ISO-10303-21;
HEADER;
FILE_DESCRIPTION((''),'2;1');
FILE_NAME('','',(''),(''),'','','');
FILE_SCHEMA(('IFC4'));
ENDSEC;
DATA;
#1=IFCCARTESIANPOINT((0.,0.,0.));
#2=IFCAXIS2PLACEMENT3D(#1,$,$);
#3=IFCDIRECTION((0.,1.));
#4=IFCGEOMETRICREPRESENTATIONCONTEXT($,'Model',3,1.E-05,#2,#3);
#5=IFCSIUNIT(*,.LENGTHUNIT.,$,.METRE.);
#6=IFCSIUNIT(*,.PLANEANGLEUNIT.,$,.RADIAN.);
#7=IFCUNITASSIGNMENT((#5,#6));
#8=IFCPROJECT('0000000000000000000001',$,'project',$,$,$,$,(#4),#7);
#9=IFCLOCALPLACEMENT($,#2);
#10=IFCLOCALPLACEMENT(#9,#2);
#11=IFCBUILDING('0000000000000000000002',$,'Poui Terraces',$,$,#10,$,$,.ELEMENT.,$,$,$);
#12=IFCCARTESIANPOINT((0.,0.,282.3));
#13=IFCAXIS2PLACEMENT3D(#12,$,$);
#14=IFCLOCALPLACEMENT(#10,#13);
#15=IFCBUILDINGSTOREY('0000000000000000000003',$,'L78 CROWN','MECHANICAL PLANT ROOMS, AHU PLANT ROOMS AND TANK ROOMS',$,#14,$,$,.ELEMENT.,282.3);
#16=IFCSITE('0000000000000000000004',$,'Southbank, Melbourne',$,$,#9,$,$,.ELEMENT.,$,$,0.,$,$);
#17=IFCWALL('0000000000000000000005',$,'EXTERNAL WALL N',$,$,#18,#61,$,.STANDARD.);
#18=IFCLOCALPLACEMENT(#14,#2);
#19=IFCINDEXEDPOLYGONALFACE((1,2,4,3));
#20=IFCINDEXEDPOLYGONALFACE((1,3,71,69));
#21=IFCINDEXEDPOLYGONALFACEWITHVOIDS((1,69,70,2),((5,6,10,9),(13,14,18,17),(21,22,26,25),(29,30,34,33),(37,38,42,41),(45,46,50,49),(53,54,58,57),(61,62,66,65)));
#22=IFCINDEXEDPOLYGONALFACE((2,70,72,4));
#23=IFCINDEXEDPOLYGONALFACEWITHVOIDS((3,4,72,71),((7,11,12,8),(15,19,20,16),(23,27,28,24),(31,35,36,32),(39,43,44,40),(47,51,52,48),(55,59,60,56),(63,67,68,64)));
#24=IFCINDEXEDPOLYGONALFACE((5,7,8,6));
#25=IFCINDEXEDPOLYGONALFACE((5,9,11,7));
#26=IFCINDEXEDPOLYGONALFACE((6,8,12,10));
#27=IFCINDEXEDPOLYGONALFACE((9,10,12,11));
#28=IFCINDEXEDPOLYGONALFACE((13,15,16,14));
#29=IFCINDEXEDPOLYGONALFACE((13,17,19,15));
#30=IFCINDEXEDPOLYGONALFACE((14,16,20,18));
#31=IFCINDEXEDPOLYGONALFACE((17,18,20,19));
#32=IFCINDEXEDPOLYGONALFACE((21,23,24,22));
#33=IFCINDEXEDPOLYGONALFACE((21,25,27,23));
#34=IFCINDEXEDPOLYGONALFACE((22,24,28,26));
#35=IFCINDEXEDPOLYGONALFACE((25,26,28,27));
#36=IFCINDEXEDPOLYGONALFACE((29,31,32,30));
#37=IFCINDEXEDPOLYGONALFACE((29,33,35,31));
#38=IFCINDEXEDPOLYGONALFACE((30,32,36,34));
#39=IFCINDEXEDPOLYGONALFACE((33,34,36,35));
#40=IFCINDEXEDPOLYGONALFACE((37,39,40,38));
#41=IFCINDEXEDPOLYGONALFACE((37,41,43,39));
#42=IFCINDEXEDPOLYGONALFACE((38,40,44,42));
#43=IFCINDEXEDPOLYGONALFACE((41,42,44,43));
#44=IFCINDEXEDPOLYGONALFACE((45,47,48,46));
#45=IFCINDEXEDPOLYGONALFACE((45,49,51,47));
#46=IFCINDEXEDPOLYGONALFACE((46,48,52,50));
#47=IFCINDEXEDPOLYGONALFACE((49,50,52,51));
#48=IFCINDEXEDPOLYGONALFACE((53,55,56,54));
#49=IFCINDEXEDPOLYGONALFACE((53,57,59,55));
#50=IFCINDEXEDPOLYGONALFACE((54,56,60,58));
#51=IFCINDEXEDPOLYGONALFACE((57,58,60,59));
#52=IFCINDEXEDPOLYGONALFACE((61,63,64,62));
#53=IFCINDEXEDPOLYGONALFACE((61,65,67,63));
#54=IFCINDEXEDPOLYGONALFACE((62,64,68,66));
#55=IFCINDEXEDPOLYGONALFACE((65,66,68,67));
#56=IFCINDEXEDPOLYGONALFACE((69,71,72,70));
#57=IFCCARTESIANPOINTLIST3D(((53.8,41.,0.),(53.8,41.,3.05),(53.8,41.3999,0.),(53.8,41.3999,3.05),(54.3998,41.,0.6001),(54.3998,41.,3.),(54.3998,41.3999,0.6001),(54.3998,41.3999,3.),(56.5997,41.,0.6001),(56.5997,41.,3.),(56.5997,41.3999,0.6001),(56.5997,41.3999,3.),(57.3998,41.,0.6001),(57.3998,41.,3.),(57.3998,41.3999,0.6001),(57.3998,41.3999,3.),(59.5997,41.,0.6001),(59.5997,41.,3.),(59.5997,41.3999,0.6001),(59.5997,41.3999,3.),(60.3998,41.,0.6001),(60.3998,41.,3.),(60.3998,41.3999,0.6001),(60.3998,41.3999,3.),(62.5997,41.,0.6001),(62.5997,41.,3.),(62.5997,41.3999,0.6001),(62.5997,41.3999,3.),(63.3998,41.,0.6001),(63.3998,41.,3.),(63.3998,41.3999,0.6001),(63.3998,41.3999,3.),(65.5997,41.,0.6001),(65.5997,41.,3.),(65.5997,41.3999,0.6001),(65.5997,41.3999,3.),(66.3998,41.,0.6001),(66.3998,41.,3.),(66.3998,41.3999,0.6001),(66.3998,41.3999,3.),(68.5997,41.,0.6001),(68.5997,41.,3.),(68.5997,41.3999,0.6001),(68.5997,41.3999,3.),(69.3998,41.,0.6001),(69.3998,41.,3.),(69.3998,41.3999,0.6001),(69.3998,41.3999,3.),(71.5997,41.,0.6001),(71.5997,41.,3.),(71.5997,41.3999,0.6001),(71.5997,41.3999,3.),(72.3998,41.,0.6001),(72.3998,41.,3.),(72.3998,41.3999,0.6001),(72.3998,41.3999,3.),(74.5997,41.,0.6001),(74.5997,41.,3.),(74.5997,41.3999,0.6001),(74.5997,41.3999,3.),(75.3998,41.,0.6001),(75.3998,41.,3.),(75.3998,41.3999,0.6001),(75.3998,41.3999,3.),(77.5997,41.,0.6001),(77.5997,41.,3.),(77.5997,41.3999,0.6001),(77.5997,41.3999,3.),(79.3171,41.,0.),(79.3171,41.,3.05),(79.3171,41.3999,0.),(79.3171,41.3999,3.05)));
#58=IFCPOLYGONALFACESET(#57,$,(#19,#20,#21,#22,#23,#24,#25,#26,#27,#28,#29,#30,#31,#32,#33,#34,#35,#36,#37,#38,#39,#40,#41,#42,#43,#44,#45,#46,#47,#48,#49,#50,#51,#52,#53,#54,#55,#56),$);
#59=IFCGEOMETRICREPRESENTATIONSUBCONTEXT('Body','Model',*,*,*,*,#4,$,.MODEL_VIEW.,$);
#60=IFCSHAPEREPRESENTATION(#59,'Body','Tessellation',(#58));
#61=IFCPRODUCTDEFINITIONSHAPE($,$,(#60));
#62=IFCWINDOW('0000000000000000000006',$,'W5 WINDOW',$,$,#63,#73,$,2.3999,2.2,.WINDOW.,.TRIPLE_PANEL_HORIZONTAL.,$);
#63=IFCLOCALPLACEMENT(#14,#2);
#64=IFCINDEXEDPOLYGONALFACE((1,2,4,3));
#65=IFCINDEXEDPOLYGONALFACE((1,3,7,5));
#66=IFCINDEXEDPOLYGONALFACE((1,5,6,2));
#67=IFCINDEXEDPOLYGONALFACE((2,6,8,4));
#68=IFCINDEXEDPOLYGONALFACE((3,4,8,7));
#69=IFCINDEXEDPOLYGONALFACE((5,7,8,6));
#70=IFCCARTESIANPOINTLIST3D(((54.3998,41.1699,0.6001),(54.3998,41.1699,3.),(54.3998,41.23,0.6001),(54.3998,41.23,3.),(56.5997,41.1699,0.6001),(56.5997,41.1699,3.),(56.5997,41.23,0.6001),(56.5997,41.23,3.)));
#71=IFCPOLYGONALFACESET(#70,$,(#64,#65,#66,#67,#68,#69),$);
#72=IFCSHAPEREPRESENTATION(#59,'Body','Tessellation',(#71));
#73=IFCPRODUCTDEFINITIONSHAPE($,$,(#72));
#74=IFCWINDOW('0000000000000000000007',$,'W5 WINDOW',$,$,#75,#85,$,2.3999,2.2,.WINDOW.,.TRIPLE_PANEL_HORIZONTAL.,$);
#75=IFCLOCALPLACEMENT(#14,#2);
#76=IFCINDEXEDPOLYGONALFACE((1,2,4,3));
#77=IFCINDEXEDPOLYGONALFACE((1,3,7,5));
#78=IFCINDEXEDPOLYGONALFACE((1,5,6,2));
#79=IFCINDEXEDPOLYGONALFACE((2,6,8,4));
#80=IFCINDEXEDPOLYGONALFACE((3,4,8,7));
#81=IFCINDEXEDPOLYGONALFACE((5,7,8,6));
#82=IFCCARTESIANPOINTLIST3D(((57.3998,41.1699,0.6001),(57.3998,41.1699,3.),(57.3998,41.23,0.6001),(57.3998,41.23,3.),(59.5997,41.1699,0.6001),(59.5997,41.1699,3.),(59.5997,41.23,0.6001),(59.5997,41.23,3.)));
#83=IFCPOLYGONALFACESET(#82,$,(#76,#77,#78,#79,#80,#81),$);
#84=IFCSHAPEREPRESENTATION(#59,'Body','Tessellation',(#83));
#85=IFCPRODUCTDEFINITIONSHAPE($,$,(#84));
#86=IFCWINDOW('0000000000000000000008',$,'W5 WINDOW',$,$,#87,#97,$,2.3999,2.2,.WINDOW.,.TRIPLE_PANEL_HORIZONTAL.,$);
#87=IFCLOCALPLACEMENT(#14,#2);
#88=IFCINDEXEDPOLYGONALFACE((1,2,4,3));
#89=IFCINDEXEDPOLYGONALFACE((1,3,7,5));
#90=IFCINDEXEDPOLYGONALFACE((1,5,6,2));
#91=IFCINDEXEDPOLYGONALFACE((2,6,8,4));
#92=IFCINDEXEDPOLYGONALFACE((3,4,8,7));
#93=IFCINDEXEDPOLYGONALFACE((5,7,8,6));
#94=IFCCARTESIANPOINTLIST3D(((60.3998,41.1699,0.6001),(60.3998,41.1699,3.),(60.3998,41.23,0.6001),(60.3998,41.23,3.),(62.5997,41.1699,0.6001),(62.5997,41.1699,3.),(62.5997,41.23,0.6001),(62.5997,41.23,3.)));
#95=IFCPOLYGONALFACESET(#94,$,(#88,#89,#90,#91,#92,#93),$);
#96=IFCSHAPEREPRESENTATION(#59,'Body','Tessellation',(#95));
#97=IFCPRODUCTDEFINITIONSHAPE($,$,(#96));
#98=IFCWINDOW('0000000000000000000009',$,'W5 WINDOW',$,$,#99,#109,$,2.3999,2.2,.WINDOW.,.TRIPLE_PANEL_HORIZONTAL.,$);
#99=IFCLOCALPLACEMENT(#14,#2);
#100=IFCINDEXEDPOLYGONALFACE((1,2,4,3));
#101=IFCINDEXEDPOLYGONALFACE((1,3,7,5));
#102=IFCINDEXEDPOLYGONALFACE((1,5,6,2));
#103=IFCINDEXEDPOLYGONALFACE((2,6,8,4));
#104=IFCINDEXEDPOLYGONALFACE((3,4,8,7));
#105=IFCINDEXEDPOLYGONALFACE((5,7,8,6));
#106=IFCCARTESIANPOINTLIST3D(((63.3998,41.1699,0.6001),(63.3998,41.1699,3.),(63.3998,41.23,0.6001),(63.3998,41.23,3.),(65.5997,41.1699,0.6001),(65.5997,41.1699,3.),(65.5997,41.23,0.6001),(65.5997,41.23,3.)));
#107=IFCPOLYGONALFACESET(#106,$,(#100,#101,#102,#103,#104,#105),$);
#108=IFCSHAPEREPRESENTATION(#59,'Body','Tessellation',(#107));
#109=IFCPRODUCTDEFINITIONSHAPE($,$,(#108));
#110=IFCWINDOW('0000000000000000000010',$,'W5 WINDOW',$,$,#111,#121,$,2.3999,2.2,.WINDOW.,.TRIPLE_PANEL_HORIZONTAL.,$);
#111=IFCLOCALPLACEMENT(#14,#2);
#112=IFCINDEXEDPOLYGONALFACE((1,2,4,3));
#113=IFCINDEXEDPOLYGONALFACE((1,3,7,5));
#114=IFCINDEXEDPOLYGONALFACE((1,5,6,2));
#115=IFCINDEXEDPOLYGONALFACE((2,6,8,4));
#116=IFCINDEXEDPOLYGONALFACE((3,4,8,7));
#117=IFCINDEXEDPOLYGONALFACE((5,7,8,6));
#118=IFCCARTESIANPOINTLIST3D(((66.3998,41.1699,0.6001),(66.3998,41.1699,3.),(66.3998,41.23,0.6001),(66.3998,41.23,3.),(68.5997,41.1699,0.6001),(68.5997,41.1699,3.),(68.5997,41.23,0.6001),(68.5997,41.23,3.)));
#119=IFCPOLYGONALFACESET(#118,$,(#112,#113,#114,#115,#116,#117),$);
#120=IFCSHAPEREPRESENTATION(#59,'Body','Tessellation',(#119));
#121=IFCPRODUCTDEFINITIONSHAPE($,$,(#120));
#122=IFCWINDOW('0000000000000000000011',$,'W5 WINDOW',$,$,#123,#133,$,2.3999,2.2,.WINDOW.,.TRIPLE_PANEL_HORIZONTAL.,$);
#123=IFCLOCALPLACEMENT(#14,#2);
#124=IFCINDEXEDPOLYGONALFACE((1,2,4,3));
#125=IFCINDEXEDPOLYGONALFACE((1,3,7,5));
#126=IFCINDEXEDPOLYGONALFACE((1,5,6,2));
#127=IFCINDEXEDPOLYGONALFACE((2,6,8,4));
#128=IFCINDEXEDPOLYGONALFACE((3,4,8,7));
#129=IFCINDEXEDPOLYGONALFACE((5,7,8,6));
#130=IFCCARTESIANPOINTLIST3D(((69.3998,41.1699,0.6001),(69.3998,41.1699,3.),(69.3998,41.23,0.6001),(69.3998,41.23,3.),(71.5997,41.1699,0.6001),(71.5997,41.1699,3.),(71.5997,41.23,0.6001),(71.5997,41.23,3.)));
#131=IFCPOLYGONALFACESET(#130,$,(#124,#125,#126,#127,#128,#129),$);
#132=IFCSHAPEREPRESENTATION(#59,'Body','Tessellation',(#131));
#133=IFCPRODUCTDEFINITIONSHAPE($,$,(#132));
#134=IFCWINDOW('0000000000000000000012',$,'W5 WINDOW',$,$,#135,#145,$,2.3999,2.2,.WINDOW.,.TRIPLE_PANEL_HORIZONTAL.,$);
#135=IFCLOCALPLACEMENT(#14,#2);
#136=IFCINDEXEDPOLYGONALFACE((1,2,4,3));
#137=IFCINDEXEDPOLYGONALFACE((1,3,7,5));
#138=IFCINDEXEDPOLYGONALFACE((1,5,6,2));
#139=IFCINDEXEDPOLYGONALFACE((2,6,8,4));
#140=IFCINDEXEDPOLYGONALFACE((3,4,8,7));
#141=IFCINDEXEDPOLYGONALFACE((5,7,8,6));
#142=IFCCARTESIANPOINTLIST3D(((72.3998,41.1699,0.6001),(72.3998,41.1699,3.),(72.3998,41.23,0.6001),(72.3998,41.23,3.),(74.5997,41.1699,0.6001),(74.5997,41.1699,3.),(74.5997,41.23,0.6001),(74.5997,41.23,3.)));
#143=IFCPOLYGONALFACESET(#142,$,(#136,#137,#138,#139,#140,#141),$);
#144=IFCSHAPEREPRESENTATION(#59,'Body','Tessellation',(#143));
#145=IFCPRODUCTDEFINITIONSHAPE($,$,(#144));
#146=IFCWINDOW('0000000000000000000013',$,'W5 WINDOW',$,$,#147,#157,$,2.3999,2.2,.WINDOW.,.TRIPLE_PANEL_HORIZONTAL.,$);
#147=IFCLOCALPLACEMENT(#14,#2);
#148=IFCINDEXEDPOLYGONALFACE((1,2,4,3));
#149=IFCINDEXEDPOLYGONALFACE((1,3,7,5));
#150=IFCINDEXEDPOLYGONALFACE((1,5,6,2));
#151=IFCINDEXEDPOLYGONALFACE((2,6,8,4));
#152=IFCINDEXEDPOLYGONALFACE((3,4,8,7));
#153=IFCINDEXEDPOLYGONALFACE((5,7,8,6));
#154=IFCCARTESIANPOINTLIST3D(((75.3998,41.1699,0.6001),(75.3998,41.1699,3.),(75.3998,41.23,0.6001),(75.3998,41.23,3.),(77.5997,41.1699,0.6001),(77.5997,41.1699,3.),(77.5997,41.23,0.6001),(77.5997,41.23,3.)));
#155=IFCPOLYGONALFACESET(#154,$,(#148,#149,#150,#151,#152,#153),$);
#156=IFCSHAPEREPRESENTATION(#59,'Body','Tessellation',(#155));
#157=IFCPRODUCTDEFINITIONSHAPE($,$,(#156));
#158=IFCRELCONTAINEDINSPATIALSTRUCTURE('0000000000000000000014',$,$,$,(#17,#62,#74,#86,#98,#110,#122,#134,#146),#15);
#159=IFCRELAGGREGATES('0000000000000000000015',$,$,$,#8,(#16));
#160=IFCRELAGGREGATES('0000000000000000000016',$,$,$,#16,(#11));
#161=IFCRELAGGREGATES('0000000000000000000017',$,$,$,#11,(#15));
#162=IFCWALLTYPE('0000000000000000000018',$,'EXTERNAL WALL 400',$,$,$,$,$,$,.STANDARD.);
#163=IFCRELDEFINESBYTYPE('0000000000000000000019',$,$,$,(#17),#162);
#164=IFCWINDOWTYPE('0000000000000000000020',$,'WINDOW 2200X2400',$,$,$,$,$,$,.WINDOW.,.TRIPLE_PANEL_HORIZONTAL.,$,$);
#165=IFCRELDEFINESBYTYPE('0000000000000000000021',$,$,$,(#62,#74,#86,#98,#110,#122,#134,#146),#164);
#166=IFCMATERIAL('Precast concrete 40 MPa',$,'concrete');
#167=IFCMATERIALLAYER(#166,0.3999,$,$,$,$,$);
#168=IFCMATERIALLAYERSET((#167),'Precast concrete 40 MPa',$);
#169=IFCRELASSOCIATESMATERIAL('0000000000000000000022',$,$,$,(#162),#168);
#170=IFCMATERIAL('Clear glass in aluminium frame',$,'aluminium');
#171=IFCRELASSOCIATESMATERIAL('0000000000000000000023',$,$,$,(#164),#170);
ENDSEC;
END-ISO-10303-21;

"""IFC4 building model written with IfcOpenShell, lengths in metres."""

from ifc_helpers import new_model, si_unit, direction, frame, frame_2d, origin, place, context, subcontext, project, spatial, rectangle, extrude, material, layer, layer_set, type_object, element, fill, save


model = new_model("IFC4")

# Units and contexts
model_context = context("Model", 3, precision=1e-05, world=origin(), true_north=direction((0.0, 1.0)))
body_context = subcontext(model_context, "Body", "Model", "MODEL_VIEW")
ifc_project = project(units=[si_unit("LENGTHUNIT", "METRE"), si_unit("PLANEANGLEUNIT", "RADIAN")], contexts=[model_context])

# Site, building, storey
site_placement = place(None, origin())
site = spatial("IfcSite", under=ifc_project, at=site_placement, Name="Southbank, Melbourne", CompositionType="ELEMENT", RefElevation=0.0)
building_placement = place(site_placement, origin())
building = spatial("IfcBuilding", under=site, at=building_placement, Name="Poui Terraces", CompositionType="ELEMENT")
storey_placement = place(building_placement, frame((0.0, 0.0, 282.3)))
storey = spatial("IfcBuildingStorey", under=building, at=storey_placement, Name="L78 CROWN", Description="MECHANICAL PLANT ROOMS, AHU PLANT ROOMS AND TANK ROOMS", CompositionType="ELEMENT", Elevation=282.3)

# Wall, openings, windows
ifc_material_1 = material(Name="Precast concrete 40 MPa", Category="concrete")
ifc_layer_1 = layer(ifc_material_1, 0.3999)
ifc_layer_set_1 = layer_set([ifc_layer_1], Name="Precast concrete 40 MPa")
wall_type_1 = type_object("IfcWallType", Name="EXTERNAL WALL 400", PredefinedType="STANDARD", material=ifc_layer_set_1)
wall_1_placement = place(storey_placement, frame((79.3171, 41.2, 0.0), z_axis=(0.0, 0.0, 1.0), x_axis=(-1.0, 0.0, 0.0)))
wall_1 = element("IfcWall", 1, at=wall_1_placement, inside=storey, type_object=wall_type_1, Name="EXTERNAL WALL N", PredefinedType="STANDARD", context=body_context, shape_type="SweptSolid", body=[
    extrude(rectangle(XDim=25.5171, YDim=0.3999, at=frame_2d((12.7585, 0.0))), origin(), (0.0, 0.0, 1.0), 3.05),
])
opening_1_placement = place(wall_1_placement, frame((22.7173, 0.0, 0.6001)))
opening_1 = element("IfcOpeningElement", 2, at=opening_1_placement, cuts=wall_1, PredefinedType="OPENING", context=body_context, shape_type="SweptSolid", body=[
    extrude(rectangle(XDim=2.2, YDim=2.3999, at=frame_2d((1.1001, 1.2))), frame((0.0, 0.21, 0.0), z_axis=(0.0, -1.0, 0.0), x_axis=(1.0, 0.0, 0.0)), (0.0, 0.0, 1.0), 0.4199),
])
opening_2_placement = place(wall_1_placement, frame((19.7173, 0.0, 0.6001)))
opening_2 = element("IfcOpeningElement", 3, at=opening_2_placement, cuts=wall_1, PredefinedType="OPENING", context=body_context, shape_type="SweptSolid", body=[
    extrude(rectangle(XDim=2.2, YDim=2.3999, at=frame_2d((1.1001, 1.2))), frame((0.0, 0.21, 0.0), z_axis=(0.0, -1.0, 0.0), x_axis=(1.0, 0.0, 0.0)), (0.0, 0.0, 1.0), 0.4199),
])
opening_3_placement = place(wall_1_placement, frame((16.7173, 0.0, 0.6001)))
opening_3 = element("IfcOpeningElement", 4, at=opening_3_placement, cuts=wall_1, PredefinedType="OPENING", context=body_context, shape_type="SweptSolid", body=[
    extrude(rectangle(XDim=2.2, YDim=2.3999, at=frame_2d((1.1001, 1.2))), frame((0.0, 0.21, 0.0), z_axis=(0.0, -1.0, 0.0), x_axis=(1.0, 0.0, 0.0)), (0.0, 0.0, 1.0), 0.4199),
])
opening_4_placement = place(wall_1_placement, frame((13.7173, 0.0, 0.6001)))
opening_4 = element("IfcOpeningElement", 5, at=opening_4_placement, cuts=wall_1, PredefinedType="OPENING", context=body_context, shape_type="SweptSolid", body=[
    extrude(rectangle(XDim=2.2, YDim=2.3999, at=frame_2d((1.1001, 1.2))), frame((0.0, 0.21, 0.0), z_axis=(0.0, -1.0, 0.0), x_axis=(1.0, 0.0, 0.0)), (0.0, 0.0, 1.0), 0.4199),
])
opening_5_placement = place(wall_1_placement, frame((10.7173, 0.0, 0.6001)))
opening_5 = element("IfcOpeningElement", 6, at=opening_5_placement, cuts=wall_1, PredefinedType="OPENING", context=body_context, shape_type="SweptSolid", body=[
    extrude(rectangle(XDim=2.2, YDim=2.3999, at=frame_2d((1.1001, 1.2))), frame((0.0, 0.21, 0.0), z_axis=(0.0, -1.0, 0.0), x_axis=(1.0, 0.0, 0.0)), (0.0, 0.0, 1.0), 0.4199),
])
opening_6_placement = place(wall_1_placement, frame((7.7173, 0.0, 0.6001)))
opening_6 = element("IfcOpeningElement", 7, at=opening_6_placement, cuts=wall_1, PredefinedType="OPENING", context=body_context, shape_type="SweptSolid", body=[
    extrude(rectangle(XDim=2.2, YDim=2.3999, at=frame_2d((1.1001, 1.2))), frame((0.0, 0.21, 0.0), z_axis=(0.0, -1.0, 0.0), x_axis=(1.0, 0.0, 0.0)), (0.0, 0.0, 1.0), 0.4199),
])
opening_7_placement = place(wall_1_placement, frame((4.7173, 0.0, 0.6001)))
opening_7 = element("IfcOpeningElement", 8, at=opening_7_placement, cuts=wall_1, PredefinedType="OPENING", context=body_context, shape_type="SweptSolid", body=[
    extrude(rectangle(XDim=2.2, YDim=2.3999, at=frame_2d((1.1001, 1.2))), frame((0.0, 0.21, 0.0), z_axis=(0.0, -1.0, 0.0), x_axis=(1.0, 0.0, 0.0)), (0.0, 0.0, 1.0), 0.4199),
])
opening_8_placement = place(wall_1_placement, frame((1.7173, 0.0, 0.6001)))
opening_8 = element("IfcOpeningElement", 9, at=opening_8_placement, cuts=wall_1, PredefinedType="OPENING", context=body_context, shape_type="SweptSolid", body=[
    extrude(rectangle(XDim=2.2, YDim=2.3999, at=frame_2d((1.1001, 1.2))), frame((0.0, 0.21, 0.0), z_axis=(0.0, -1.0, 0.0), x_axis=(1.0, 0.0, 0.0)), (0.0, 0.0, 1.0), 0.4199),
])
ifc_material_2 = material(Name="Clear glass in aluminium frame", Category="aluminium")
window_type = type_object("IfcWindowType", Name="WINDOW 2200X2400", PartitioningType="TRIPLE_PANEL_HORIZONTAL", PredefinedType="WINDOW", material=ifc_material_2)
window_1_placement = place(opening_1_placement, origin())
window_1 = element("IfcWindow", 10, at=window_1_placement, inside=storey, type_object=window_type, Name="W5 WINDOW", OverallHeight=2.3999, OverallWidth=2.2, PartitioningType="TRIPLE_PANEL_HORIZONTAL", PredefinedType="WINDOW", context=body_context, shape_type="SweptSolid", body=[
    extrude(rectangle(XDim=2.2, YDim=2.3999, at=frame_2d((1.1001, 1.2))), frame((0.0, 0.03, 0.0), z_axis=(0.0, -1.0, 0.0), x_axis=(1.0, 0.0, 0.0)), (0.0, 0.0, 1.0), 0.0601),
])
fill(opening_1, window_1)
window_2_placement = place(opening_2_placement, origin())
window_2 = element("IfcWindow", 11, at=window_2_placement, inside=storey, type_object=window_type, Name="W5 WINDOW", OverallHeight=2.3999, OverallWidth=2.2, PartitioningType="TRIPLE_PANEL_HORIZONTAL", PredefinedType="WINDOW", context=body_context, shape_type="SweptSolid", body=[
    extrude(rectangle(XDim=2.2, YDim=2.3999, at=frame_2d((1.1001, 1.2))), frame((0.0, 0.03, 0.0), z_axis=(0.0, -1.0, 0.0), x_axis=(1.0, 0.0, 0.0)), (0.0, 0.0, 1.0), 0.0601),
])
fill(opening_2, window_2)
window_3_placement = place(opening_3_placement, origin())
window_3 = element("IfcWindow", 12, at=window_3_placement, inside=storey, type_object=window_type, Name="W5 WINDOW", OverallHeight=2.3999, OverallWidth=2.2, PartitioningType="TRIPLE_PANEL_HORIZONTAL", PredefinedType="WINDOW", context=body_context, shape_type="SweptSolid", body=[
    extrude(rectangle(XDim=2.2, YDim=2.3999, at=frame_2d((1.1001, 1.2))), frame((0.0, 0.03, 0.0), z_axis=(0.0, -1.0, 0.0), x_axis=(1.0, 0.0, 0.0)), (0.0, 0.0, 1.0), 0.0601),
])
fill(opening_3, window_3)
window_4_placement = place(opening_4_placement, origin())
window_4 = element("IfcWindow", 13, at=window_4_placement, inside=storey, type_object=window_type, Name="W5 WINDOW", OverallHeight=2.3999, OverallWidth=2.2, PartitioningType="TRIPLE_PANEL_HORIZONTAL", PredefinedType="WINDOW", context=body_context, shape_type="SweptSolid", body=[
    extrude(rectangle(XDim=2.2, YDim=2.3999, at=frame_2d((1.1001, 1.2))), frame((0.0, 0.03, 0.0), z_axis=(0.0, -1.0, 0.0), x_axis=(1.0, 0.0, 0.0)), (0.0, 0.0, 1.0), 0.0601),
])
fill(opening_4, window_4)
window_5_placement = place(opening_5_placement, origin())
window_5 = element("IfcWindow", 14, at=window_5_placement, inside=storey, type_object=window_type, Name="W5 WINDOW", OverallHeight=2.3999, OverallWidth=2.2, PartitioningType="TRIPLE_PANEL_HORIZONTAL", PredefinedType="WINDOW", context=body_context, shape_type="SweptSolid", body=[
    extrude(rectangle(XDim=2.2, YDim=2.3999, at=frame_2d((1.1001, 1.2))), frame((0.0, 0.03, 0.0), z_axis=(0.0, -1.0, 0.0), x_axis=(1.0, 0.0, 0.0)), (0.0, 0.0, 1.0), 0.0601),
])
fill(opening_5, window_5)
window_6_placement = place(opening_6_placement, origin())
window_6 = element("IfcWindow", 15, at=window_6_placement, inside=storey, type_object=window_type, Name="W5 WINDOW", OverallHeight=2.3999, OverallWidth=2.2, PartitioningType="TRIPLE_PANEL_HORIZONTAL", PredefinedType="WINDOW", context=body_context, shape_type="SweptSolid", body=[
    extrude(rectangle(XDim=2.2, YDim=2.3999, at=frame_2d((1.1001, 1.2))), frame((0.0, 0.03, 0.0), z_axis=(0.0, -1.0, 0.0), x_axis=(1.0, 0.0, 0.0)), (0.0, 0.0, 1.0), 0.0601),
])
fill(opening_6, window_6)
window_7_placement = place(opening_7_placement, origin())
window_7 = element("IfcWindow", 16, at=window_7_placement, inside=storey, type_object=window_type, Name="W5 WINDOW", OverallHeight=2.3999, OverallWidth=2.2, PartitioningType="TRIPLE_PANEL_HORIZONTAL", PredefinedType="WINDOW", context=body_context, shape_type="SweptSolid", body=[
    extrude(rectangle(XDim=2.2, YDim=2.3999, at=frame_2d((1.1001, 1.2))), frame((0.0, 0.03, 0.0), z_axis=(0.0, -1.0, 0.0), x_axis=(1.0, 0.0, 0.0)), (0.0, 0.0, 1.0), 0.0601),
])
fill(opening_7, window_7)
window_8_placement = place(opening_8_placement, origin())
window_8 = element("IfcWindow", 17, at=window_8_placement, inside=storey, type_object=window_type, Name="W5 WINDOW", OverallHeight=2.3999, OverallWidth=2.2, PartitioningType="TRIPLE_PANEL_HORIZONTAL", PredefinedType="WINDOW", context=body_context, shape_type="SweptSolid", body=[
    extrude(rectangle(XDim=2.2, YDim=2.3999, at=frame_2d((1.1001, 1.2))), frame((0.0, 0.03, 0.0), z_axis=(0.0, -1.0, 0.0), x_axis=(1.0, 0.0, 0.0)), (0.0, 0.0, 1.0), 0.0601),
])
fill(opening_8, window_8)

save(model, "model.ifc")
